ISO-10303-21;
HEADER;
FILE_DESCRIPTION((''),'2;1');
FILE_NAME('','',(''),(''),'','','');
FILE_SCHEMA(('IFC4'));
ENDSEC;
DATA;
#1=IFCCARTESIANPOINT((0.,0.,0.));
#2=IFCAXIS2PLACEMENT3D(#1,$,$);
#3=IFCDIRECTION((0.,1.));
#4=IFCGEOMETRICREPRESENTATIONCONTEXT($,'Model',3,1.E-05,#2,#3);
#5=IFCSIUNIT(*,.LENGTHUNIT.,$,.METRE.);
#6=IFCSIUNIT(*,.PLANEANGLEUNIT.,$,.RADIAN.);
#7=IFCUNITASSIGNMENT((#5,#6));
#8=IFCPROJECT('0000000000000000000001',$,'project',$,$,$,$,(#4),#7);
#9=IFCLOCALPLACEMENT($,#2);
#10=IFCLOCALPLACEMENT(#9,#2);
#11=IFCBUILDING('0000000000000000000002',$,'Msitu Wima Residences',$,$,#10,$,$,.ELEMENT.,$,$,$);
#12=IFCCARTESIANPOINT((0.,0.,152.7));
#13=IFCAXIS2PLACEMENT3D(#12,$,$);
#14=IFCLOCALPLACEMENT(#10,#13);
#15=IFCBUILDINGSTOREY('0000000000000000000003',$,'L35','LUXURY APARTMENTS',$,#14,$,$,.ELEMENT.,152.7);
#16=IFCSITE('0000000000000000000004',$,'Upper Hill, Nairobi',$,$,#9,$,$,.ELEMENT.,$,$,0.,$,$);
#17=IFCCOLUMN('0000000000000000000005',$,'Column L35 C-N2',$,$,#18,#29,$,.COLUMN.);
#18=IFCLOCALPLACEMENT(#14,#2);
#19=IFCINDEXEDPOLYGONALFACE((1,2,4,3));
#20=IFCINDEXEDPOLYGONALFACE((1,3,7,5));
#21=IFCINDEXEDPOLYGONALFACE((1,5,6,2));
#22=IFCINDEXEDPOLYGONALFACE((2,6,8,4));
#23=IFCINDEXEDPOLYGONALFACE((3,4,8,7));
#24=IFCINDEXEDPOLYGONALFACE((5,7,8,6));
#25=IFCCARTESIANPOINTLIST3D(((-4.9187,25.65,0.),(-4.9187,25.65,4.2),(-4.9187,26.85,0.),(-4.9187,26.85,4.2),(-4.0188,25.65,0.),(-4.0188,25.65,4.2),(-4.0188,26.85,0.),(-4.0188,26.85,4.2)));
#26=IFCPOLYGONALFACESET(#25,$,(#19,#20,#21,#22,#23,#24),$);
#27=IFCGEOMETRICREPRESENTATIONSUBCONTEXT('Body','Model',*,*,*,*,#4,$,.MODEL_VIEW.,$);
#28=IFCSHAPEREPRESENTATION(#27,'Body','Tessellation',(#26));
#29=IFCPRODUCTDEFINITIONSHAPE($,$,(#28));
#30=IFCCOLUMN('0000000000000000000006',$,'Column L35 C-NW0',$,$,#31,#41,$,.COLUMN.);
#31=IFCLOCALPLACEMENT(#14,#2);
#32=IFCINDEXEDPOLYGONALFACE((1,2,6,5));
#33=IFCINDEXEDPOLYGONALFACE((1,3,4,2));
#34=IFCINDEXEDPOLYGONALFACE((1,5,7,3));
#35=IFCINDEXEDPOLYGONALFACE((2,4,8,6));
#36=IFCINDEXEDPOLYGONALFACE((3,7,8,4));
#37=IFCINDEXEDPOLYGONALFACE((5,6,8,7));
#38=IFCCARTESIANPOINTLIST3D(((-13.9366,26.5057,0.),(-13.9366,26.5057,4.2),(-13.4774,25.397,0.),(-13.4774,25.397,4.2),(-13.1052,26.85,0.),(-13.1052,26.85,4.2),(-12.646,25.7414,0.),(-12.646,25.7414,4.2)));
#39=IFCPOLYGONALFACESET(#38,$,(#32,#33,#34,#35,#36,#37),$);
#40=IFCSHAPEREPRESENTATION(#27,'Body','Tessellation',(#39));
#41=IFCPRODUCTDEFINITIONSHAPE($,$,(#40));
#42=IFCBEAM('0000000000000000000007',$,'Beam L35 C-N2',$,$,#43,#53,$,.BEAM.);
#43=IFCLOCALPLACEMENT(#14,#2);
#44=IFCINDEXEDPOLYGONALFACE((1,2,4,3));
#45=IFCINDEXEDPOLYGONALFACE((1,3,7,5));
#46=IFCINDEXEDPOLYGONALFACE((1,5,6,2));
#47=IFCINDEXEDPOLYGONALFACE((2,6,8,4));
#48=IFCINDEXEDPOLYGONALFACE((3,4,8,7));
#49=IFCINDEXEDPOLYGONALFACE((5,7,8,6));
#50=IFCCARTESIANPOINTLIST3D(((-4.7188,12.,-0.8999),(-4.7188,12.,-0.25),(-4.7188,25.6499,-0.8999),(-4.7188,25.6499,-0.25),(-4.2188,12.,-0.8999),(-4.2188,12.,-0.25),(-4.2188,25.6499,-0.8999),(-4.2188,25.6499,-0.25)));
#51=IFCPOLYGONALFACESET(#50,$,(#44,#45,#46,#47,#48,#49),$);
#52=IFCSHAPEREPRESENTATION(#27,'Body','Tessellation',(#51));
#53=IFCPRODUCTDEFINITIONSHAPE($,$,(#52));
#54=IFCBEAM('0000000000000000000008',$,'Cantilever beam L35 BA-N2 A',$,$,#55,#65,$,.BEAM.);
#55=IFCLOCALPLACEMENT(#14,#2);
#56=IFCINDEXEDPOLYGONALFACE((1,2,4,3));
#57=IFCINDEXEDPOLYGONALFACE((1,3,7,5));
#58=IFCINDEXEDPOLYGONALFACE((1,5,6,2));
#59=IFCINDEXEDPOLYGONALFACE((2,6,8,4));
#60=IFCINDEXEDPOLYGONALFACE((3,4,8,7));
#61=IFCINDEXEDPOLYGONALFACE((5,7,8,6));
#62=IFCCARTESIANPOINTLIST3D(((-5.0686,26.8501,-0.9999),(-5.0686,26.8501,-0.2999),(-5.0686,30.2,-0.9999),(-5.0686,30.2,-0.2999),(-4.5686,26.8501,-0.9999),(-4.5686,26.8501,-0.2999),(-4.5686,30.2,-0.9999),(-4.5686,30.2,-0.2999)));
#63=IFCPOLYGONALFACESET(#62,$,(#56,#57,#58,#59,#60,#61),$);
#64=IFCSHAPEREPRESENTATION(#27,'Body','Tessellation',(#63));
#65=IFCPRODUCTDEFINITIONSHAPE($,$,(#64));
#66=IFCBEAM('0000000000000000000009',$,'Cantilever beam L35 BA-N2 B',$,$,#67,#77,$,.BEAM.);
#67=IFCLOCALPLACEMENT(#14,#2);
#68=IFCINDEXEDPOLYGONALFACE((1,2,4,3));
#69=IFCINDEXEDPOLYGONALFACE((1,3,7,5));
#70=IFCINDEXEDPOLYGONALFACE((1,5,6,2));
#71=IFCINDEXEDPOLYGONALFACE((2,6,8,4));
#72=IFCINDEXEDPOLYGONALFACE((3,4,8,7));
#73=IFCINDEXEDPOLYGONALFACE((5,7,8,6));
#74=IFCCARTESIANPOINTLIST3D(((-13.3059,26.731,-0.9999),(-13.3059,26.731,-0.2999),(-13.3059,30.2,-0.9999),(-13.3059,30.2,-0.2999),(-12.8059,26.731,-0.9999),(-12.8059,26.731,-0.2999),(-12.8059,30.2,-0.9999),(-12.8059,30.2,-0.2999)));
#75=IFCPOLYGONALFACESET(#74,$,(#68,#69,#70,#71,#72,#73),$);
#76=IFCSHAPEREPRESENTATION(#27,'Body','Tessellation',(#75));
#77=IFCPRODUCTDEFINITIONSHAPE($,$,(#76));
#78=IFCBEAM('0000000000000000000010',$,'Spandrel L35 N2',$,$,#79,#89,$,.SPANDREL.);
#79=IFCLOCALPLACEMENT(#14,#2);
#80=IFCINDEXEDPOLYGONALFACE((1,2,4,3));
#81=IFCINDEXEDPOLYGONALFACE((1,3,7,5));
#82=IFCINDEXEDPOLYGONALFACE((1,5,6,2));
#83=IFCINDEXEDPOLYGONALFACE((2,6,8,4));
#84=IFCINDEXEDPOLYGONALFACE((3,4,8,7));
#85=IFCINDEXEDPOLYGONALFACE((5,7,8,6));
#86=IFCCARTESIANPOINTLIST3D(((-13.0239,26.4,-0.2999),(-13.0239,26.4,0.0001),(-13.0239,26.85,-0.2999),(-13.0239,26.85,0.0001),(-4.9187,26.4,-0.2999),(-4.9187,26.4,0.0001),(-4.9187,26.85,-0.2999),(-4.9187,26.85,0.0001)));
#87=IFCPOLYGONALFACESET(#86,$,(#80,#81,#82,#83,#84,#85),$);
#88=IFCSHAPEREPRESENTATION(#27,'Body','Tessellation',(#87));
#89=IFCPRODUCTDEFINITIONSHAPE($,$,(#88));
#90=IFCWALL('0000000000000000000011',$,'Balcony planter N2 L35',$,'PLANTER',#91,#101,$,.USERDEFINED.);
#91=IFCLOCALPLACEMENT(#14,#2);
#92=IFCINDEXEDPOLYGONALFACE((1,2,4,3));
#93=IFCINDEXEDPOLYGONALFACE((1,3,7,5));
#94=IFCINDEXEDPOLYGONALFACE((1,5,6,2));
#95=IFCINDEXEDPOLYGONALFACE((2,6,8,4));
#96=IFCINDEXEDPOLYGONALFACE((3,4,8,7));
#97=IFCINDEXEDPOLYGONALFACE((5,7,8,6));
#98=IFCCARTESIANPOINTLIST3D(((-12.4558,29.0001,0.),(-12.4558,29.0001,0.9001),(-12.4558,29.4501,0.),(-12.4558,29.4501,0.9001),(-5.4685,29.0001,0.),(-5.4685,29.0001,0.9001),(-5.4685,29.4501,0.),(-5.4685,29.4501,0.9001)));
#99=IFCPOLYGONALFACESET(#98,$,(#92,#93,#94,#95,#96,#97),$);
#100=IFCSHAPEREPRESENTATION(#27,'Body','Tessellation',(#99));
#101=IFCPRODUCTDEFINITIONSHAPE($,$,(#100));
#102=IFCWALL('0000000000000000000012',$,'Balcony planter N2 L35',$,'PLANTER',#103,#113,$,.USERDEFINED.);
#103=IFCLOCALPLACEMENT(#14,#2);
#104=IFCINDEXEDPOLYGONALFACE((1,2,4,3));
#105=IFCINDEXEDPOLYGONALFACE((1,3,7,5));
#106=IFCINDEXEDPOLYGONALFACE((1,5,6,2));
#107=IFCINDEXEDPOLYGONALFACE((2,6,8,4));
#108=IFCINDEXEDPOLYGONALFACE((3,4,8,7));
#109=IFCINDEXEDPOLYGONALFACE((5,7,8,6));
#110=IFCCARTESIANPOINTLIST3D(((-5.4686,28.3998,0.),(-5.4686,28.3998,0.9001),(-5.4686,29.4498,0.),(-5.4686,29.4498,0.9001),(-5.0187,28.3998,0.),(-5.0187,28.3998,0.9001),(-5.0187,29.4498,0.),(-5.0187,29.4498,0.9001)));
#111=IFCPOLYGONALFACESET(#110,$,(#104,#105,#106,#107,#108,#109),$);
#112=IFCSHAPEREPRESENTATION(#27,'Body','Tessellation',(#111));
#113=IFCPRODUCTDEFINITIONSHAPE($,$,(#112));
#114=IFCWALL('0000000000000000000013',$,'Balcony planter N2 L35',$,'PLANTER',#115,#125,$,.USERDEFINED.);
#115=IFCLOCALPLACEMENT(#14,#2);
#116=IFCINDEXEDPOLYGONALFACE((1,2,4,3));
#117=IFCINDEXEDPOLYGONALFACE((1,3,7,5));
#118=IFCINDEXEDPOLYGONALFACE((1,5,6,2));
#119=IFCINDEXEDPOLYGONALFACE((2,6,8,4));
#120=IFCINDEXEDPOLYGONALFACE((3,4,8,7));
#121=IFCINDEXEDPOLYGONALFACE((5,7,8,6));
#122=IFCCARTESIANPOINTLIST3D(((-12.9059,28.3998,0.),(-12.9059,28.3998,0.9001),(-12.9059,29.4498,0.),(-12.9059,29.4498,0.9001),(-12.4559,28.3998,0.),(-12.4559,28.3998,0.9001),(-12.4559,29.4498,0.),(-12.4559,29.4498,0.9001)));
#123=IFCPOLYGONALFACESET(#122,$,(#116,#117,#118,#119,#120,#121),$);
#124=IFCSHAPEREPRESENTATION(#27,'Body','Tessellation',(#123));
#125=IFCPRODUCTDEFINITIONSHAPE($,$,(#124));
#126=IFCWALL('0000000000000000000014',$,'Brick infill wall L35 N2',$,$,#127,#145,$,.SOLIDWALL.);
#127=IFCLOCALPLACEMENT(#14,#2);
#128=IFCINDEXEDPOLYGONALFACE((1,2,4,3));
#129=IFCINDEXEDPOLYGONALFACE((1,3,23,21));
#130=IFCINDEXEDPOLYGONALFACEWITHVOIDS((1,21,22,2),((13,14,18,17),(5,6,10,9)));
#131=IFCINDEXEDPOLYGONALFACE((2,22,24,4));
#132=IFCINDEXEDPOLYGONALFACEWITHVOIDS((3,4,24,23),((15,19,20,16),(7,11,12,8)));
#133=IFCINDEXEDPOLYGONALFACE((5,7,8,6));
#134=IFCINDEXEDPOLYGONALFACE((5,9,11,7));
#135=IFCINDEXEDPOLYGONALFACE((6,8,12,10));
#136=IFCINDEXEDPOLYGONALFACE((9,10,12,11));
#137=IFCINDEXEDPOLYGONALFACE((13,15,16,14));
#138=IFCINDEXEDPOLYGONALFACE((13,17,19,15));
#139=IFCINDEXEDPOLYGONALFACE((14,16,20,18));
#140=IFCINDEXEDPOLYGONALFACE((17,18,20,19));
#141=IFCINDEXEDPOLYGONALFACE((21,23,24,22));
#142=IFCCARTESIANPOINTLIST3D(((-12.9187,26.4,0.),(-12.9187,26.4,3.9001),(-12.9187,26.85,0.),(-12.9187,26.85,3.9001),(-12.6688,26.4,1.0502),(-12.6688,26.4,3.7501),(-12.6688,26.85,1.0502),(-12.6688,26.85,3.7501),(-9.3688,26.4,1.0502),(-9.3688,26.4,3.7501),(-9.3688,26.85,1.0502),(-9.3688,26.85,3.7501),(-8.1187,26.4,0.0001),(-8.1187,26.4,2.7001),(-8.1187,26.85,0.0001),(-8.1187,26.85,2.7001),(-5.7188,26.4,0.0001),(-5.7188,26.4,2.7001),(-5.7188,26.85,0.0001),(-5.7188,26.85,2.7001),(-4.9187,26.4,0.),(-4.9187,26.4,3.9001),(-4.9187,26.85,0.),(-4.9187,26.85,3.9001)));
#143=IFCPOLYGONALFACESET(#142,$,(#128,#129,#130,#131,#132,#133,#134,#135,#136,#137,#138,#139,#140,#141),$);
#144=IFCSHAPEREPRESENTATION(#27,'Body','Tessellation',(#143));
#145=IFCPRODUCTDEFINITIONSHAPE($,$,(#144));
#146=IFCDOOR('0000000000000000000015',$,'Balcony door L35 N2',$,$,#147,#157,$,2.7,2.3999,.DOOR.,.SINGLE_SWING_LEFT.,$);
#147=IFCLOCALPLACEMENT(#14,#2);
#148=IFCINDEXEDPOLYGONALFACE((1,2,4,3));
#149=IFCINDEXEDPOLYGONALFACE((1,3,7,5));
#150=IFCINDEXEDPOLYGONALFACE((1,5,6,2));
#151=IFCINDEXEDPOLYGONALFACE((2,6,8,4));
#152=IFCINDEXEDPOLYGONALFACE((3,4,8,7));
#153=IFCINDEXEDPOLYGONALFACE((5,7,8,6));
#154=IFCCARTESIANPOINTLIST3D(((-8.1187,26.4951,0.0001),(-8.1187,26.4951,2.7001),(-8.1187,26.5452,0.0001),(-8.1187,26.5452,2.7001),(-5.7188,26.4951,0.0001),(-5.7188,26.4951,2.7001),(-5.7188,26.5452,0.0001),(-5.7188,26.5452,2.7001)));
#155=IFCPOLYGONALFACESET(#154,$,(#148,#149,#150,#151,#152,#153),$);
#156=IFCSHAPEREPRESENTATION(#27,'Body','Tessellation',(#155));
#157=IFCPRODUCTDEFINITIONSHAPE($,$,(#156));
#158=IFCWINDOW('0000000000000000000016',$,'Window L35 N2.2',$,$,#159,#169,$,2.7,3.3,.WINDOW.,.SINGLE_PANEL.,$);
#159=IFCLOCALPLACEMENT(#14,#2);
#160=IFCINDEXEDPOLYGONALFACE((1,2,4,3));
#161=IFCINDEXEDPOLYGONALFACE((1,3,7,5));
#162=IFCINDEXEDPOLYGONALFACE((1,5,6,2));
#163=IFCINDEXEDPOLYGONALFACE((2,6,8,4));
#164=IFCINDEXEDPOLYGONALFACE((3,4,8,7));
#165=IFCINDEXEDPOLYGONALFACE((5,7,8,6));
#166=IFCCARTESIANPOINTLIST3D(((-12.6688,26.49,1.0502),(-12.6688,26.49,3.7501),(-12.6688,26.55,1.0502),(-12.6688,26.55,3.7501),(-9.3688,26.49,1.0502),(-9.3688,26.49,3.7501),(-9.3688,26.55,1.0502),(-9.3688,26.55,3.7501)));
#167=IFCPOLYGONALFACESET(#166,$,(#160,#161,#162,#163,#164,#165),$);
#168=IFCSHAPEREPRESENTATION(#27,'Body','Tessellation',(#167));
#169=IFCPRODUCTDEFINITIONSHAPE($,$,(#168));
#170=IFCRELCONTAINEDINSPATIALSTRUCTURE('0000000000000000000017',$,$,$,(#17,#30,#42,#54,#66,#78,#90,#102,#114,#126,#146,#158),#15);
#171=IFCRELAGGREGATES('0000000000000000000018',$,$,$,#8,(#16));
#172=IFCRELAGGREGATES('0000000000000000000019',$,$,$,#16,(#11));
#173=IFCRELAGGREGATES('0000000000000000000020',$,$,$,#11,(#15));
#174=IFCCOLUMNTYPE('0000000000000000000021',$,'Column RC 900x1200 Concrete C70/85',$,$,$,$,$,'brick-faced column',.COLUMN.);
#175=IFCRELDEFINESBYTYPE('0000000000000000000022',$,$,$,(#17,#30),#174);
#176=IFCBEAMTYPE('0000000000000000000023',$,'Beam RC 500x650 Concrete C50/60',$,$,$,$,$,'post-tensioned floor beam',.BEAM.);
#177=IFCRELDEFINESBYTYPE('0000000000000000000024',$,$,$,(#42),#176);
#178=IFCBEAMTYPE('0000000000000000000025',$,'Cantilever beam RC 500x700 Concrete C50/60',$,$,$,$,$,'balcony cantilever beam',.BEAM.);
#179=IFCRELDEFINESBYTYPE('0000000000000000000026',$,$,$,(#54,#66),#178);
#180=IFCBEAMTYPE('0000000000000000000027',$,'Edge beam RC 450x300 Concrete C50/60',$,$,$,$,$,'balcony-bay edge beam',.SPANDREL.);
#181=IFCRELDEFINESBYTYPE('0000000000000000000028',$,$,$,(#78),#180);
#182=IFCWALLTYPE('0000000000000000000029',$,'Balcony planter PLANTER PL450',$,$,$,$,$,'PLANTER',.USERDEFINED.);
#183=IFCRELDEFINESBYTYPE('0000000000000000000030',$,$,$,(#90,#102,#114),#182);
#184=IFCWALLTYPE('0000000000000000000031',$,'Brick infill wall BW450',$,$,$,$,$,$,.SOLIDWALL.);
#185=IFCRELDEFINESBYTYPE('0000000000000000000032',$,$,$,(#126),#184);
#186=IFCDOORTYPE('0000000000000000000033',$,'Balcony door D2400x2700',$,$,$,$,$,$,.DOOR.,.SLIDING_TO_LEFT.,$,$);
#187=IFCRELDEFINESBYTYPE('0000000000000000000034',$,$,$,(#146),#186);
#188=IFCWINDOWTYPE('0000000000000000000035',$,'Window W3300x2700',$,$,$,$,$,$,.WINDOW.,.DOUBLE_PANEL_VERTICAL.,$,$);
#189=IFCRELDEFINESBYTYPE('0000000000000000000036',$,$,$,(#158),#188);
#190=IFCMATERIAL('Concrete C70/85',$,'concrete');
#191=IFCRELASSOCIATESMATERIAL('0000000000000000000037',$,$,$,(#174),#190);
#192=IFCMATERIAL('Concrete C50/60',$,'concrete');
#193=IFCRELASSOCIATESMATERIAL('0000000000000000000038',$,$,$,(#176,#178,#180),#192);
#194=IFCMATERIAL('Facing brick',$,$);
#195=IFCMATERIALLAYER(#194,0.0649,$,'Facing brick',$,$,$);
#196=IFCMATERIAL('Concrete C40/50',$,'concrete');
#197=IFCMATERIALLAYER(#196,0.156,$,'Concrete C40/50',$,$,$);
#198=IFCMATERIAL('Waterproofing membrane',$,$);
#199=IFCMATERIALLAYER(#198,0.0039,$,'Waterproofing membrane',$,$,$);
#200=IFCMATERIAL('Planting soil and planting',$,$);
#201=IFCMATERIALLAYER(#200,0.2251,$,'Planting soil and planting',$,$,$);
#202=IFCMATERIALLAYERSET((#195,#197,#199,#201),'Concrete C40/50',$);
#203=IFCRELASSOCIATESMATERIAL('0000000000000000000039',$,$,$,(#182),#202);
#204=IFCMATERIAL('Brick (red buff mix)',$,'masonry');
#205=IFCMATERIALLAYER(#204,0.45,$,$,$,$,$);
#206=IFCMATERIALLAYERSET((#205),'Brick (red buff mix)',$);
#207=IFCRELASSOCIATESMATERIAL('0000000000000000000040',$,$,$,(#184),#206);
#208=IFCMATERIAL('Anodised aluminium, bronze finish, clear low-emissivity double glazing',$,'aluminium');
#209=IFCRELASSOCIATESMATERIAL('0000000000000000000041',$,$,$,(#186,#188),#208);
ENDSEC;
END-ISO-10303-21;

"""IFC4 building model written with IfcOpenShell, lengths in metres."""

from ifc_helpers import new_model, si_unit, direction, frame, frame_2d, origin, origin_2d, place, context, subcontext, project, spatial, rectangle, extrude, material, layer, layer_set, material_profile, profile_set, type_object, element, fill, save


model = new_model("IFC4")

# Units and contexts
model_context = context("Model", 3, precision=1e-05, world=origin(), true_north=direction((0.0, 1.0)))
body_context = subcontext(model_context, "Body", "Model", "MODEL_VIEW")
ifc_project = project(units=[si_unit("LENGTHUNIT", "METRE"), si_unit("PLANEANGLEUNIT", "RADIAN")], contexts=[model_context])

# Site, building, storey
site_placement = place(None, origin())
site = spatial("IfcSite", under=ifc_project, at=site_placement, Name="Upper Hill, Nairobi", CompositionType="ELEMENT", RefElevation=0.0)
building_placement = place(site_placement, origin())
building = spatial("IfcBuilding", under=site, at=building_placement, Name="Msitu Wima Residences", CompositionType="ELEMENT")
storey_placement = place(building_placement, frame((0.0, 0.0, 152.7)))
storey = spatial("IfcBuildingStorey", under=building, at=storey_placement, Name="L35", Description="LUXURY APARTMENTS", CompositionType="ELEMENT", Elevation=152.7)

# Columns
ifc_material_1 = material(Name="Concrete C70/85", Category="concrete")
ifc_material_profile_1 = material_profile(ifc_material_1, rectangle(XDim=0.8999, YDim=1.2, at=origin_2d()), Name="RC 900x1200")
ifc_profile_set_1 = profile_set([ifc_material_profile_1], Name="Concrete C70/85")
column_type = type_object("IfcColumnType", Name="Column RC 900x1200 Concrete C70/85", ElementType="brick-faced column", PredefinedType="COLUMN", material=ifc_profile_set_1)
for number, where, z_axis, x_axis, name in (
    (1, (-4.4688, 26.25, 0.0), (0.0, 0.0, 1.0), (-1.0, 0.0, 0.0), "Column L35 C-N2"),
    (2, (-13.2913, 26.1235, 0.0), (0.0, 0.0, 1.0), (-0.92388, -0.382683, 0.0), "Column L35 C-NW0"),
):
    element("IfcColumn", number, at=place(storey_placement, frame(where, z_axis=z_axis, x_axis=x_axis)), inside=storey, type_object=column_type, Name=name, PredefinedType="COLUMN", context=body_context, shape_type="SweptSolid", body=[
        extrude(rectangle(XDim=0.8999, YDim=1.2, at=origin_2d()), origin(), (0.0, 0.0, 1.0), 4.2),
    ])

# Beams
ifc_material_2 = material(Name="Concrete C50/60", Category="concrete")
ifc_material_profile_2 = material_profile(ifc_material_2, rectangle(XDim=0.5, YDim=0.6499, at=origin_2d()), Name="RC 500x650")
ifc_profile_set_2 = profile_set([ifc_material_profile_2], Name="Concrete C50/60")
beam_type_1 = type_object("IfcBeamType", Name="Beam RC 500x650 Concrete C50/60", ElementType="post-tensioned floor beam", PredefinedType="BEAM", material=ifc_profile_set_2)
beam_1_placement = place(storey_placement, frame((-4.4688, 25.6499, -0.575), z_axis=(0.0, -1.0, 0.0), x_axis=(1.0, 0.0, 0.0)))
element("IfcBeam", 3, at=beam_1_placement, inside=storey, type_object=beam_type_1, Name="Beam L35 C-N2", PredefinedType="BEAM", context=body_context, shape_type="SweptSolid", body=[
    extrude(rectangle(XDim=0.5, YDim=0.6499, at=origin_2d()), origin(), (0.0, 0.0, 1.0), 13.6499),
])
ifc_material_profile_3 = material_profile(ifc_material_2, rectangle(XDim=0.5, YDim=0.7, at=origin_2d()), Name="RC 500x700")
ifc_profile_set_3 = profile_set([ifc_material_profile_3], Name="Concrete C50/60")
beam_type_2 = type_object("IfcBeamType", Name="Cantilever beam RC 500x700 Concrete C50/60", ElementType="balcony cantilever beam", PredefinedType="BEAM", material=ifc_profile_set_3)
beam_2_placement = place(storey_placement, frame((-4.8186, 26.8501, -0.6499), z_axis=(0.0, 1.0, 0.0), x_axis=(-1.0, 0.0, 0.0)))
element("IfcBeam", 4, at=beam_2_placement, inside=storey, type_object=beam_type_2, Name="Cantilever beam L35 BA-N2 A", PredefinedType="BEAM", context=body_context, shape_type="SweptSolid", body=[
    extrude(rectangle(XDim=0.5, YDim=0.7, at=origin_2d()), origin(), (0.0, 0.0, 1.0), 3.3499),
])
beam_3_placement = place(storey_placement, frame((-13.0559, 26.731, -0.6499), z_axis=(0.0, 1.0, 0.0), x_axis=(-1.0, 0.0, 0.0)))
element("IfcBeam", 5, at=beam_3_placement, inside=storey, type_object=beam_type_2, Name="Cantilever beam L35 BA-N2 B", PredefinedType="BEAM", context=body_context, shape_type="SweptSolid", body=[
    extrude(rectangle(XDim=0.5, YDim=0.7, at=origin_2d()), origin(), (0.0, 0.0, 1.0), 3.469),
])
ifc_material_profile_4 = material_profile(ifc_material_2, rectangle(XDim=0.45, YDim=0.3, at=origin_2d()), Name="RC 450x300")
ifc_profile_set_4 = profile_set([ifc_material_profile_4], Name="Concrete C50/60")
beam_type_3 = type_object("IfcBeamType", Name="Edge beam RC 450x300 Concrete C50/60", ElementType="balcony-bay edge beam", PredefinedType="SPANDREL", material=ifc_profile_set_4)
beam_4_placement = place(storey_placement, frame((-4.9187, 26.625, -0.1499), z_axis=(-1.0, 0.0, 0.0), x_axis=(0.0, -1.0, 0.0)))
element("IfcBeam", 6, at=beam_4_placement, inside=storey, type_object=beam_type_3, Name="Spandrel L35 N2", PredefinedType="SPANDREL", context=body_context, shape_type="SweptSolid", body=[
    extrude(rectangle(XDim=0.45, YDim=0.3, at=origin_2d()), origin(), (0.0, 0.0, 1.0), 8.1052),
])

# Walls
ifc_material_3 = material(Name="Facing brick")
ifc_layer_1 = layer(ifc_material_3, 0.0649, Name="Facing brick")
ifc_material_4 = material(Name="Concrete C40/50", Category="concrete")
ifc_layer_2 = layer(ifc_material_4, 0.156, Name="Concrete C40/50")
ifc_material_5 = material(Name="Waterproofing membrane")
ifc_layer_3 = layer(ifc_material_5, 0.0039, Name="Waterproofing membrane")
ifc_material_6 = material(Name="Planting soil and planting")
ifc_layer_4 = layer(ifc_material_6, 0.2251, Name="Planting soil and planting")
ifc_layer_set_1 = layer_set([ifc_layer_1, ifc_layer_2, ifc_layer_3, ifc_layer_4], Name="Concrete C40/50")
wall_type_1 = type_object("IfcWallType", Name="Balcony planter PLANTER PL450", ElementType="PLANTER", PredefinedType="USERDEFINED", material=ifc_layer_set_1)
wall_1_placement = place(storey_placement, frame((-5.4685, 29.2251, 0.0), z_axis=(0.0, 0.0, 1.0), x_axis=(-1.0, 0.0, 0.0)))
element("IfcWall", 7, at=wall_1_placement, inside=storey, type_object=wall_type_1, Name="Balcony planter N2 L35", ObjectType="PLANTER", PredefinedType="USERDEFINED", context=body_context, shape_type="SweptSolid", body=[
    extrude(rectangle(XDim=6.9873, YDim=0.45, at=frame_2d((3.4937, 0.0))), origin(), (0.0, 0.0, 1.0), 0.9001),
])
for number, where, z_axis, x_axis, name in (
    (8, (-5.2437, 28.3999, 0.0), (0.0, 0.0, 1.0), (0.0, 1.0, 0.0), "Balcony planter N2 L35"),
    (9, (-12.6809, 28.3999, 0.0), (0.0, 0.0, 1.0), (0.0, 1.0, 0.0), "Balcony planter N2 L35"),
):
    element("IfcWall", number, at=place(storey_placement, frame(where, z_axis=z_axis, x_axis=x_axis)), inside=storey, type_object=wall_type_1, Name=name, ObjectType="PLANTER", PredefinedType="USERDEFINED", context=body_context, shape_type="SweptSolid", body=[
        extrude(rectangle(XDim=1.05, YDim=0.45, at=frame_2d((0.5249, 0.0))), origin(), (0.0, 0.0, 1.0), 0.9001),
    ])

# Wall, openings, door, window
ifc_material_7 = material(Name="Brick (red buff mix)", Category="masonry")
ifc_layer_5 = layer(ifc_material_7, 0.45)
ifc_layer_set_2 = layer_set([ifc_layer_5], Name="Brick (red buff mix)")
wall_type_2 = type_object("IfcWallType", Name="Brick infill wall BW450", PredefinedType="SOLIDWALL", material=ifc_layer_set_2)
wall_2_placement = place(storey_placement, frame((-4.9187, 26.625, 0.0), z_axis=(0.0, 0.0, 1.0), x_axis=(-1.0, 0.0, 0.0)))
wall_2 = element("IfcWall", 10, at=wall_2_placement, inside=storey, type_object=wall_type_2, Name="Brick infill wall L35 N2", PredefinedType="SOLIDWALL", context=body_context, shape_type="SweptSolid", body=[
    extrude(rectangle(XDim=8.0, YDim=0.45, at=frame_2d((4.0, 0.0))), origin(), (0.0, 0.0, 1.0), 3.9001),
])
opening_1_placement = place(wall_2_placement, frame((0.8, 0.0, 0.0)))
opening_1 = element("IfcOpeningElement", 11, at=opening_1_placement, cuts=wall_2, PredefinedType="OPENING", context=body_context, shape_type="SweptSolid", body=[
    extrude(rectangle(XDim=2.3999, YDim=2.7, at=frame_2d((1.2, 1.3501))), frame((0.0, 0.2349, 0.0), z_axis=(0.0, -1.0, 0.0), x_axis=(1.0, 0.0, 0.0)), (0.0, 0.0, 1.0), 0.47),
])
opening_2_placement = place(wall_2_placement, frame((4.4502, 0.0, 1.05)))
opening_2 = element("IfcOpeningElement", 12, at=opening_2_placement, cuts=wall_2, PredefinedType="OPENING", context=body_context, shape_type="SweptSolid", body=[
    extrude(rectangle(XDim=3.3, YDim=2.7, at=frame_2d((1.6499, 1.3501))), frame((0.0, 0.2349, 0.0), z_axis=(0.0, -1.0, 0.0), x_axis=(1.0, 0.0, 0.0)), (0.0, 0.0, 1.0), 0.47),
])
ifc_material_8 = material(Name="Anodised aluminium, bronze finish, clear low-emissivity double glazing", Category="aluminium")
door_type_1 = type_object("IfcDoorType", Name="Balcony door D2400x2700", OperationType="SLIDING_TO_LEFT", PredefinedType="DOOR", material=ifc_material_8)
door_1_placement = place(opening_1_placement, origin())
door_1 = element("IfcDoor", 13, at=door_1_placement, inside=storey, type_object=door_type_1, Name="Balcony door L35 N2", OperationType="SINGLE_SWING_LEFT", OverallHeight=2.7, OverallWidth=2.3999, PredefinedType="DOOR", context=body_context, shape_type="SweptSolid", body=[
    extrude(rectangle(XDim=2.3999, YDim=2.7, at=frame_2d((1.2, 1.3501))), frame((0.0, 0.1299, 0.0), z_axis=(0.0, -1.0, 0.0), x_axis=(1.0, 0.0, 0.0)), (0.0, 0.0, 1.0), 0.05),
])
fill(opening_1, door_1)
window_type = type_object("IfcWindowType", Name="Window W3300x2700", PartitioningType="DOUBLE_PANEL_VERTICAL", PredefinedType="WINDOW", material=ifc_material_8)
window_placement = place(opening_2_placement, origin())
window = element("IfcWindow", 14, at=window_placement, inside=storey, type_object=window_type, Name="Window L35 N2.2", OverallHeight=2.7, OverallWidth=3.3, PartitioningType="SINGLE_PANEL", PredefinedType="WINDOW", context=body_context, shape_type="SweptSolid", body=[
    extrude(rectangle(XDim=3.3, YDim=2.7, at=frame_2d((1.6499, 1.3501))), frame((0.0, 0.135, 0.0), z_axis=(0.0, -1.0, 0.0), x_axis=(1.0, 0.0, 0.0)), (0.0, 0.0, 1.0), 0.0601),
])
fill(opening_2, window)

save(model, "model.ifc")
